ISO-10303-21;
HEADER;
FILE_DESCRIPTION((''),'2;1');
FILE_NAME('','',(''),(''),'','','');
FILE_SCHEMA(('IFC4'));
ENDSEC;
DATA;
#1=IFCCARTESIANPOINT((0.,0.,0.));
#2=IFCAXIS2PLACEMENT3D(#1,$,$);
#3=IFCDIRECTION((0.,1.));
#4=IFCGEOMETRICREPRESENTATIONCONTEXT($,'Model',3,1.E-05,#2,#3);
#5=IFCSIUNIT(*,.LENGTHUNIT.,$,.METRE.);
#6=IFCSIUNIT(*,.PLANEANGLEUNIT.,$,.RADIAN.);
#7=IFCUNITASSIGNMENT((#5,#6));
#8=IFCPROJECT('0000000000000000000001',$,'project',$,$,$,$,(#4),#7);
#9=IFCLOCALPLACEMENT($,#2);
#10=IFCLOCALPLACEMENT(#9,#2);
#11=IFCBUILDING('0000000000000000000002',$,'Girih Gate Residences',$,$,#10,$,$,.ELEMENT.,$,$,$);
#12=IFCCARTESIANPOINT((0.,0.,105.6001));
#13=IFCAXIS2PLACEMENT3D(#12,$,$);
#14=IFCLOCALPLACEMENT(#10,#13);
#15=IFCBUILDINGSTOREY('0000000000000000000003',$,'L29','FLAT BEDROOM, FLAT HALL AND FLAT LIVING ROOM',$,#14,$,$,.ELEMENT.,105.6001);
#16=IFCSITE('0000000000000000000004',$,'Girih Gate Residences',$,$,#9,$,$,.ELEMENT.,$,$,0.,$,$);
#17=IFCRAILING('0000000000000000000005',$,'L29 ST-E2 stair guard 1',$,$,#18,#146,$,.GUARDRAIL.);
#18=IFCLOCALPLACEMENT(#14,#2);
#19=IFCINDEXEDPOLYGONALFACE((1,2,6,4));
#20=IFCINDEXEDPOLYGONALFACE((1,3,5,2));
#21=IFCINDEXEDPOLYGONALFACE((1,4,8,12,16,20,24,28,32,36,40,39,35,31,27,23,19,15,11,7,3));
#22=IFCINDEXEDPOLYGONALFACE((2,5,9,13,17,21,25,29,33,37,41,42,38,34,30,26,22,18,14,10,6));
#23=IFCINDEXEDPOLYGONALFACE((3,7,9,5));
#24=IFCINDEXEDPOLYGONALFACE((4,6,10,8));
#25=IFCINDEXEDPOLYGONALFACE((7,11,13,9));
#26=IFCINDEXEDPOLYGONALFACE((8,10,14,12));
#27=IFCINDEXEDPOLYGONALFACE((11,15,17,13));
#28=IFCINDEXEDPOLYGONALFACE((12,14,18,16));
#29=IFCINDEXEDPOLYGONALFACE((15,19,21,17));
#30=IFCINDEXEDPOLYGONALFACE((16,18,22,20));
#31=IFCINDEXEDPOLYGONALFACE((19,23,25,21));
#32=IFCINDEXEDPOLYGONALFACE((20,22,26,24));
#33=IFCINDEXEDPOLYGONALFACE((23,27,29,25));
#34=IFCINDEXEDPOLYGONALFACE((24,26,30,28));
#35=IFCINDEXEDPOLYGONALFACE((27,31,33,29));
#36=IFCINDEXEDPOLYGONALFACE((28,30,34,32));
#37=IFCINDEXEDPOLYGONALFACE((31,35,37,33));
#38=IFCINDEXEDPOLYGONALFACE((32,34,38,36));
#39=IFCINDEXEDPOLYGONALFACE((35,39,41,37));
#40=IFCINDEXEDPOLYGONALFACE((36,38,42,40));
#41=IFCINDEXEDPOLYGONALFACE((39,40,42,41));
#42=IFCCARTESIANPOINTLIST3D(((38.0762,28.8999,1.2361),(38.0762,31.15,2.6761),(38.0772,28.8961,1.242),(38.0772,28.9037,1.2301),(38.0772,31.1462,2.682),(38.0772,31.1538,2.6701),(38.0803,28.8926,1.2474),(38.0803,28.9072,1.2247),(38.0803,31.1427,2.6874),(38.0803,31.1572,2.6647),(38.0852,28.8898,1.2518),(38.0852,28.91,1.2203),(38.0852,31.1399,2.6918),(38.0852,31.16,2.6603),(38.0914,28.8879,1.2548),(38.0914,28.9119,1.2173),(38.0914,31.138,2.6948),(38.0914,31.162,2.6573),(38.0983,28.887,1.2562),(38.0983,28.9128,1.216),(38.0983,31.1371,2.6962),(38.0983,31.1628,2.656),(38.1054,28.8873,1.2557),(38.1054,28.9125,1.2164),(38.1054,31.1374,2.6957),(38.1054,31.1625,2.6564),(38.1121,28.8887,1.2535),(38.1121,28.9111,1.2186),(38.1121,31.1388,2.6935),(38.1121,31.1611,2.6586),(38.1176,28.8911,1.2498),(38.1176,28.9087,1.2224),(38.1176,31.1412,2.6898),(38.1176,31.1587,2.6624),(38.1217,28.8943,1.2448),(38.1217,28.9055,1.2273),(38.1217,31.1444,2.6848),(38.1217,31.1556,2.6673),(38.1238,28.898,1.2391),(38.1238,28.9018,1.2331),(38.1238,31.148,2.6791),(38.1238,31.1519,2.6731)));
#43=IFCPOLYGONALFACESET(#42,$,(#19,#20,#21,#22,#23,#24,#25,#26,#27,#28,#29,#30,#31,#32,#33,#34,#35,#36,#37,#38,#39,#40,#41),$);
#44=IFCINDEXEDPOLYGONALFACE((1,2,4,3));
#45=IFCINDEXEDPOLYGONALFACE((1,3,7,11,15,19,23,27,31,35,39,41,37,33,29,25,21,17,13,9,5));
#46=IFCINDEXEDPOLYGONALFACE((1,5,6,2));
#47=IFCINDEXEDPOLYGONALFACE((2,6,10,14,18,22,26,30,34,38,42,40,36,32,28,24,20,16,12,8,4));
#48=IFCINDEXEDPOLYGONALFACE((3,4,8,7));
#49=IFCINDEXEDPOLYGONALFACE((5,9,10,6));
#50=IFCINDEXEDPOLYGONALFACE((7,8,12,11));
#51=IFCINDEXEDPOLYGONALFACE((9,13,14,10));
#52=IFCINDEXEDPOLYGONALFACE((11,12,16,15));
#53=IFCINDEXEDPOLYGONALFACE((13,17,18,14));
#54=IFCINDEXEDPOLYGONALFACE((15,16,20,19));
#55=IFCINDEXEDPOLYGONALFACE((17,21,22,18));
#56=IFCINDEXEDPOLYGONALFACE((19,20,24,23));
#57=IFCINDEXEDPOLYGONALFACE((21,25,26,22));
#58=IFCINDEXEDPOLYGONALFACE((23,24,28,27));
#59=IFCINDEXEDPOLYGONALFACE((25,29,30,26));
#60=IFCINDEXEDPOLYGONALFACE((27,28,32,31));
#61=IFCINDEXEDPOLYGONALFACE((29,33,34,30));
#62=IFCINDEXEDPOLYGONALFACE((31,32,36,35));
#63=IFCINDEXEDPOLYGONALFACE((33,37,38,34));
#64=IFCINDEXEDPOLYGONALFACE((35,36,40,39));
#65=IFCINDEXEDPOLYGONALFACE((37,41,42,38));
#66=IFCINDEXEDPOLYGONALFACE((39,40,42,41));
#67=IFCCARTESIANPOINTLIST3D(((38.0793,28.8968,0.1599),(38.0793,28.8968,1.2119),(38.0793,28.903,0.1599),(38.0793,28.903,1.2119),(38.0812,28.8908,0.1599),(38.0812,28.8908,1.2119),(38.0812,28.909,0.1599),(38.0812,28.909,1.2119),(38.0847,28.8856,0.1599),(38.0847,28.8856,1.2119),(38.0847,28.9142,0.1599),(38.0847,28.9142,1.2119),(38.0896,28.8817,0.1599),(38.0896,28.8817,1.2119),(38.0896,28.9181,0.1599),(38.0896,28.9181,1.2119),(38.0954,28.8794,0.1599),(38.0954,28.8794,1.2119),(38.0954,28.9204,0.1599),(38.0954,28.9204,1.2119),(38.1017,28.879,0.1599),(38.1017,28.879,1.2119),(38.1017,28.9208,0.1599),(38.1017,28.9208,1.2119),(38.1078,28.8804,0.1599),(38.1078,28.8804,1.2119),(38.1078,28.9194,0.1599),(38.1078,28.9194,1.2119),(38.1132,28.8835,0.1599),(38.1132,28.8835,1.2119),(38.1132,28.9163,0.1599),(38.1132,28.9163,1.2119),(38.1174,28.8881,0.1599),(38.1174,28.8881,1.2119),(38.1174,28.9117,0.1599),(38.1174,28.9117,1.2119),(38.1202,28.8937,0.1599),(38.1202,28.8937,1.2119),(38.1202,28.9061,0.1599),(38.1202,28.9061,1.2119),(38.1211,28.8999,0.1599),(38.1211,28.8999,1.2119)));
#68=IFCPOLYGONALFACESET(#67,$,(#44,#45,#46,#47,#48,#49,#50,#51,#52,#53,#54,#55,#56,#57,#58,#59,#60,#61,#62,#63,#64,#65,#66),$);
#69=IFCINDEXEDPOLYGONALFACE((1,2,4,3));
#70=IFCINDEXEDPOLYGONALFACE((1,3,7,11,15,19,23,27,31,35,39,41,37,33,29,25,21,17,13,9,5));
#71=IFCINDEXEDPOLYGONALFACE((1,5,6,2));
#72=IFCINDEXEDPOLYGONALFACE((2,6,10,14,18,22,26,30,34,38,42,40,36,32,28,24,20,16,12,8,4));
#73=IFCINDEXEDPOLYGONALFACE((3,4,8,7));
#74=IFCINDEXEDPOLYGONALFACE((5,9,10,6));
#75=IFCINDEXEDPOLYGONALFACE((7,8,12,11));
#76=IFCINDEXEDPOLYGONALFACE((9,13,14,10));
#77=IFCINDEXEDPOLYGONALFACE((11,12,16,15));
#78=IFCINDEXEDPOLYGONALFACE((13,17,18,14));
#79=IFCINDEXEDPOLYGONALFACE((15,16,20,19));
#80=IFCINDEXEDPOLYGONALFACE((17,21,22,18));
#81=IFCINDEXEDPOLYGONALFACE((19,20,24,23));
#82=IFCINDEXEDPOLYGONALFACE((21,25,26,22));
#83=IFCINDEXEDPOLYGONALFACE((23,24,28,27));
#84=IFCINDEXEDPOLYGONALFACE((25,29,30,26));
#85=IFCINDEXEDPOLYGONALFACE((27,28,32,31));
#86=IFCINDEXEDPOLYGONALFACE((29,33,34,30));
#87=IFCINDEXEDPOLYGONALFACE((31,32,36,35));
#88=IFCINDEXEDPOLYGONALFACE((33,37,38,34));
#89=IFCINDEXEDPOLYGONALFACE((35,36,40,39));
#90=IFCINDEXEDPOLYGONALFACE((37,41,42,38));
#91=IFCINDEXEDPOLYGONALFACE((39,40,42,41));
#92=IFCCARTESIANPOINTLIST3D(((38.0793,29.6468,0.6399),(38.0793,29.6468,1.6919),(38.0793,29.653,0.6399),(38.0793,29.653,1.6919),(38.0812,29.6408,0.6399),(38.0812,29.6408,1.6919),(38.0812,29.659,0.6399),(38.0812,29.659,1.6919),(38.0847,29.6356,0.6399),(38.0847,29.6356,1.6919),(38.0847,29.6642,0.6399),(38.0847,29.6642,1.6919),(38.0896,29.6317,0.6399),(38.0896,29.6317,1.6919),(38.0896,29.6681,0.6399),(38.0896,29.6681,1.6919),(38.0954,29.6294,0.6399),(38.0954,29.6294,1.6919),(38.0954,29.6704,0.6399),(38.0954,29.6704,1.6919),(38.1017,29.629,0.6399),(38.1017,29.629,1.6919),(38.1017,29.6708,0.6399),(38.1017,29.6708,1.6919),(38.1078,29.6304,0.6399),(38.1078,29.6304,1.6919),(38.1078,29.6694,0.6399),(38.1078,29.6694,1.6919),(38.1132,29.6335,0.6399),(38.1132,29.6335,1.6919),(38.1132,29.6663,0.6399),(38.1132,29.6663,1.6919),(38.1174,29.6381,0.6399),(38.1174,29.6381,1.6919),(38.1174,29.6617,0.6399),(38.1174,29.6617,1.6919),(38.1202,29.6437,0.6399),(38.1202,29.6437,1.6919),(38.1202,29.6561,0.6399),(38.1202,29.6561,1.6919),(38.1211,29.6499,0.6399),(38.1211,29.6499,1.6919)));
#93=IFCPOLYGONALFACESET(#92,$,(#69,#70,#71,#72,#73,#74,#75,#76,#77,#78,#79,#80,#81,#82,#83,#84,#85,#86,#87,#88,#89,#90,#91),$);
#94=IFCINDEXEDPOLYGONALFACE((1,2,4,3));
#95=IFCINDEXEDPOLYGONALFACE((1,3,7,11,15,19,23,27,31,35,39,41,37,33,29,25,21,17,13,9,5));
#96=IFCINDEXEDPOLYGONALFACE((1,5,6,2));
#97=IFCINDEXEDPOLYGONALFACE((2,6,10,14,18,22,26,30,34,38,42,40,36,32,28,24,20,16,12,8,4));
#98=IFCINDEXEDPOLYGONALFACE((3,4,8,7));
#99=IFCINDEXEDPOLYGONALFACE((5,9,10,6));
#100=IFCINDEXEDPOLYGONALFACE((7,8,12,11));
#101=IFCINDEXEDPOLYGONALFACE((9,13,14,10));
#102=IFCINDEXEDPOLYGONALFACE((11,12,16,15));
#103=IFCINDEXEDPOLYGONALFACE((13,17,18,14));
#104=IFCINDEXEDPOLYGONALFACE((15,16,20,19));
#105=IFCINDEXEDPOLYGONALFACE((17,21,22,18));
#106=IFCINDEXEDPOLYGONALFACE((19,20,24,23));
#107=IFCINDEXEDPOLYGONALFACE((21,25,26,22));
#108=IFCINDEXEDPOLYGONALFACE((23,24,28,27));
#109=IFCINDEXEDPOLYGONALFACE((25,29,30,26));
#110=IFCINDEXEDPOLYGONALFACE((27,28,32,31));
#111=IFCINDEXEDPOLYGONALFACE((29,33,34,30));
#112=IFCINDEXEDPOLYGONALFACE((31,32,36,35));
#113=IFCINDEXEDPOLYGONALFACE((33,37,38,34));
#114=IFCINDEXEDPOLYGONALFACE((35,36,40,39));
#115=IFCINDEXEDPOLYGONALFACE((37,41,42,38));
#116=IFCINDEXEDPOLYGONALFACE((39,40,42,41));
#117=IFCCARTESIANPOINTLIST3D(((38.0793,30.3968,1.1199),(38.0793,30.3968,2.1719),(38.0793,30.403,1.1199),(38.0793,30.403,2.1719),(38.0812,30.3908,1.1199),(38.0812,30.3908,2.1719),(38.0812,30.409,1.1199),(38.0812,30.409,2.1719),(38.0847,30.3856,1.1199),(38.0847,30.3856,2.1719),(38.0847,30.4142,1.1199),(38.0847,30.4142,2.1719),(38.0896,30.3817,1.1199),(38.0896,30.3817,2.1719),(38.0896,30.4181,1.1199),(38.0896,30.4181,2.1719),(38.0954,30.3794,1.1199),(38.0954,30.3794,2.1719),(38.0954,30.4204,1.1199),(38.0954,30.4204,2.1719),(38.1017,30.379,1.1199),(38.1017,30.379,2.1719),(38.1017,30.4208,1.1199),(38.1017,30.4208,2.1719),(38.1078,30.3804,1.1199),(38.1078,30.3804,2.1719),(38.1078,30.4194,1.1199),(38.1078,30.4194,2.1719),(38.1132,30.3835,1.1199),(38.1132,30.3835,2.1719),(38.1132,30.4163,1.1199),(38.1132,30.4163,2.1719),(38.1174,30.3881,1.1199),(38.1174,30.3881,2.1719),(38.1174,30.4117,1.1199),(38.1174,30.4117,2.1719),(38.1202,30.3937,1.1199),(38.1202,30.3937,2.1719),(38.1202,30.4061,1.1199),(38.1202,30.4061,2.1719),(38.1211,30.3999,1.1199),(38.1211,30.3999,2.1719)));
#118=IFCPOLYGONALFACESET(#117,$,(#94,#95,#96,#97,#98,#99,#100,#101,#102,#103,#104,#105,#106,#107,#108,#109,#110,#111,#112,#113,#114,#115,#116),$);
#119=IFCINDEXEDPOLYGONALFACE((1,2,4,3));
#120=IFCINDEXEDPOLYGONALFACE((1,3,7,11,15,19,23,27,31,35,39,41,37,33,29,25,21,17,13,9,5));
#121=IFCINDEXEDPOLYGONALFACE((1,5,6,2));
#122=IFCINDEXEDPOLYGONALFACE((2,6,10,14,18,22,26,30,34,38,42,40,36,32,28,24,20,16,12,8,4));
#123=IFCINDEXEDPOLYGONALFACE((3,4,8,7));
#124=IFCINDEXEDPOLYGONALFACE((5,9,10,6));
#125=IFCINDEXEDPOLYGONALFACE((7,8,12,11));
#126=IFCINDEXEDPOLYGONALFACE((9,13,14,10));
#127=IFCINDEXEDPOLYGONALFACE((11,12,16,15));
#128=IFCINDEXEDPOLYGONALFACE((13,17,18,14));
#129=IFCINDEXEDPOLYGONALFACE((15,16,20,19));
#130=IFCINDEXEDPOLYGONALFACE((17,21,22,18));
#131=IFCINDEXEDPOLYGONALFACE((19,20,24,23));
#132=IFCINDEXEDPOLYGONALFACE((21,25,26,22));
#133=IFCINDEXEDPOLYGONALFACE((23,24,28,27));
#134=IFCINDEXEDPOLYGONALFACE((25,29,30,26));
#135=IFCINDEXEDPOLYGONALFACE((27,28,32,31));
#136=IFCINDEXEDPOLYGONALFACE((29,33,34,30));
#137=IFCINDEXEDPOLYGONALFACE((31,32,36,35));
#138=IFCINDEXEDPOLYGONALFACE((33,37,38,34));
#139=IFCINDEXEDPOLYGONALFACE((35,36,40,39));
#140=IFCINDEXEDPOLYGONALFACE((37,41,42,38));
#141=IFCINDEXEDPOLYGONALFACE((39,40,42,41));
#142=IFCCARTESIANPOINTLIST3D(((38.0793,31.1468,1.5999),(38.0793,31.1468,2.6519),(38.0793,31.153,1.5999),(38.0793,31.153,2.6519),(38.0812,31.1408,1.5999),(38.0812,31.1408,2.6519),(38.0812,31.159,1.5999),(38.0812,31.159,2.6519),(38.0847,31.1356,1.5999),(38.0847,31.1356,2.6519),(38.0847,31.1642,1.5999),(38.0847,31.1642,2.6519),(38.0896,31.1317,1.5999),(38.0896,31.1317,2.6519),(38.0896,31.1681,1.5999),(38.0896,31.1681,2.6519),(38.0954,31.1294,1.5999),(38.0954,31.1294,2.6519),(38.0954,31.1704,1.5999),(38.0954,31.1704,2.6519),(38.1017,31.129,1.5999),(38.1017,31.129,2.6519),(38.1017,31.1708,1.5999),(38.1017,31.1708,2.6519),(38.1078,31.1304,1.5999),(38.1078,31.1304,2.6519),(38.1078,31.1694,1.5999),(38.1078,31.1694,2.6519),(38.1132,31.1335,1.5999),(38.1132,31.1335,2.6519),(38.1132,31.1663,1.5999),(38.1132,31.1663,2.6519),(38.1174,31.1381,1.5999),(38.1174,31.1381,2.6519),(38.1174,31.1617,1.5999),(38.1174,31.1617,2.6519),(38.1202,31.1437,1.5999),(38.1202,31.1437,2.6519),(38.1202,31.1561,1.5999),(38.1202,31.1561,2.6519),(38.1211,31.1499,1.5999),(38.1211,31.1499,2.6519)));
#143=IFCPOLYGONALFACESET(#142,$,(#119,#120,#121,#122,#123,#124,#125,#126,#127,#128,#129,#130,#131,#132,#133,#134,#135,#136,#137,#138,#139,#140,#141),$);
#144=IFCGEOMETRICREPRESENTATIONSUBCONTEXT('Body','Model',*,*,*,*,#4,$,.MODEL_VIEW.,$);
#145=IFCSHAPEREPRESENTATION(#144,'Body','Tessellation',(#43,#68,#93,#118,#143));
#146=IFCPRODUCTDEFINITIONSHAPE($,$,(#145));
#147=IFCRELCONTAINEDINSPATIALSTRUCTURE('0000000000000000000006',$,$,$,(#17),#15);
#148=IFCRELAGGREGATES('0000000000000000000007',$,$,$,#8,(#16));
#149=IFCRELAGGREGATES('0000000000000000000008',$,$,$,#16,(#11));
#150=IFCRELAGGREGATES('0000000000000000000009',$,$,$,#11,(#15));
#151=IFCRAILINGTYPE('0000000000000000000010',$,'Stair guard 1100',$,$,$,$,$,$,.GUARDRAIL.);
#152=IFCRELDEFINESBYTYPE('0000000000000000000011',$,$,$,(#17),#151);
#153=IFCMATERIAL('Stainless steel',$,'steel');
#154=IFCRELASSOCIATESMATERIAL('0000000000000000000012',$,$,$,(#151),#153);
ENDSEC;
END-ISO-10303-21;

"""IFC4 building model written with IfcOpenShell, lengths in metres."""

from ifc_helpers import new_model, si_unit, direction, frame, origin, origin_2d, place, context, subcontext, project, spatial, circle, extrude, material, type_object, element, save


model = new_model("IFC4")

# Units and contexts
model_context = context("Model", 3, precision=1e-05, world=origin(), true_north=direction((0.0, 1.0)))
body_context = subcontext(model_context, "Body", "Model", "MODEL_VIEW")
ifc_project = project(units=[si_unit("LENGTHUNIT", "METRE"), si_unit("PLANEANGLEUNIT", "RADIAN")], contexts=[model_context])

# Site, building, storey
site_placement = place(None, origin())
site = spatial("IfcSite", under=ifc_project, at=site_placement, Name="Girih Gate Residences", CompositionType="ELEMENT", RefElevation=0.0)
building_placement = place(site_placement, origin())
building = spatial("IfcBuilding", under=site, at=building_placement, Name="Girih Gate Residences", CompositionType="ELEMENT")
storey_placement = place(building_placement, frame((0.0, 0.0, 105.6001)))
storey = spatial("IfcBuildingStorey", under=building, at=storey_placement, Name="L29", Description="FLAT BEDROOM, FLAT HALL AND FLAT LIVING ROOM", CompositionType="ELEMENT", Elevation=105.6001)

# Shared definitions
ifc_material_1 = material(Name="Stainless steel", Category="steel")

# Railing
railing_type_1 = type_object("IfcRailingType", Name="Stair guard 1100", PredefinedType="GUARDRAIL", material=ifc_material_1)
railing_1_placement = place(storey_placement, frame((38.1001, 28.8999, 0.1599)))
element("IfcRailing", 1, at=railing_1_placement, inside=storey, type_object=railing_type_1, Name="L29 ST-E2 stair guard 1", PredefinedType="GUARDRAIL", context=body_context, shape_type="SweptSolid", body=[
    extrude(circle(Radius=0.0239, at=origin_2d()), frame((0.0, 0.0, 1.0762), z_axis=(0.0, 0.842281, 0.539038), x_axis=(-1.0, 0.0, 0.0)), (0.0, 0.0, 1.0), 2.6714),
    extrude(circle(Radius=0.021, at=origin_2d()), origin(), (0.0, 0.0, 1.0), 1.052),
    extrude(circle(Radius=0.021, at=origin_2d()), frame((0.0, 0.75, 0.48)), (0.0, 0.0, 1.0), 1.052),
    extrude(circle(Radius=0.021, at=origin_2d()), frame((0.0, 1.5, 0.96)), (0.0, 0.0, 1.0), 1.052),
    extrude(circle(Radius=0.021, at=origin_2d()), frame((0.0, 2.25, 1.4399)), (0.0, 0.0, 1.0), 1.052),
])

save(model, "model.ifc")
